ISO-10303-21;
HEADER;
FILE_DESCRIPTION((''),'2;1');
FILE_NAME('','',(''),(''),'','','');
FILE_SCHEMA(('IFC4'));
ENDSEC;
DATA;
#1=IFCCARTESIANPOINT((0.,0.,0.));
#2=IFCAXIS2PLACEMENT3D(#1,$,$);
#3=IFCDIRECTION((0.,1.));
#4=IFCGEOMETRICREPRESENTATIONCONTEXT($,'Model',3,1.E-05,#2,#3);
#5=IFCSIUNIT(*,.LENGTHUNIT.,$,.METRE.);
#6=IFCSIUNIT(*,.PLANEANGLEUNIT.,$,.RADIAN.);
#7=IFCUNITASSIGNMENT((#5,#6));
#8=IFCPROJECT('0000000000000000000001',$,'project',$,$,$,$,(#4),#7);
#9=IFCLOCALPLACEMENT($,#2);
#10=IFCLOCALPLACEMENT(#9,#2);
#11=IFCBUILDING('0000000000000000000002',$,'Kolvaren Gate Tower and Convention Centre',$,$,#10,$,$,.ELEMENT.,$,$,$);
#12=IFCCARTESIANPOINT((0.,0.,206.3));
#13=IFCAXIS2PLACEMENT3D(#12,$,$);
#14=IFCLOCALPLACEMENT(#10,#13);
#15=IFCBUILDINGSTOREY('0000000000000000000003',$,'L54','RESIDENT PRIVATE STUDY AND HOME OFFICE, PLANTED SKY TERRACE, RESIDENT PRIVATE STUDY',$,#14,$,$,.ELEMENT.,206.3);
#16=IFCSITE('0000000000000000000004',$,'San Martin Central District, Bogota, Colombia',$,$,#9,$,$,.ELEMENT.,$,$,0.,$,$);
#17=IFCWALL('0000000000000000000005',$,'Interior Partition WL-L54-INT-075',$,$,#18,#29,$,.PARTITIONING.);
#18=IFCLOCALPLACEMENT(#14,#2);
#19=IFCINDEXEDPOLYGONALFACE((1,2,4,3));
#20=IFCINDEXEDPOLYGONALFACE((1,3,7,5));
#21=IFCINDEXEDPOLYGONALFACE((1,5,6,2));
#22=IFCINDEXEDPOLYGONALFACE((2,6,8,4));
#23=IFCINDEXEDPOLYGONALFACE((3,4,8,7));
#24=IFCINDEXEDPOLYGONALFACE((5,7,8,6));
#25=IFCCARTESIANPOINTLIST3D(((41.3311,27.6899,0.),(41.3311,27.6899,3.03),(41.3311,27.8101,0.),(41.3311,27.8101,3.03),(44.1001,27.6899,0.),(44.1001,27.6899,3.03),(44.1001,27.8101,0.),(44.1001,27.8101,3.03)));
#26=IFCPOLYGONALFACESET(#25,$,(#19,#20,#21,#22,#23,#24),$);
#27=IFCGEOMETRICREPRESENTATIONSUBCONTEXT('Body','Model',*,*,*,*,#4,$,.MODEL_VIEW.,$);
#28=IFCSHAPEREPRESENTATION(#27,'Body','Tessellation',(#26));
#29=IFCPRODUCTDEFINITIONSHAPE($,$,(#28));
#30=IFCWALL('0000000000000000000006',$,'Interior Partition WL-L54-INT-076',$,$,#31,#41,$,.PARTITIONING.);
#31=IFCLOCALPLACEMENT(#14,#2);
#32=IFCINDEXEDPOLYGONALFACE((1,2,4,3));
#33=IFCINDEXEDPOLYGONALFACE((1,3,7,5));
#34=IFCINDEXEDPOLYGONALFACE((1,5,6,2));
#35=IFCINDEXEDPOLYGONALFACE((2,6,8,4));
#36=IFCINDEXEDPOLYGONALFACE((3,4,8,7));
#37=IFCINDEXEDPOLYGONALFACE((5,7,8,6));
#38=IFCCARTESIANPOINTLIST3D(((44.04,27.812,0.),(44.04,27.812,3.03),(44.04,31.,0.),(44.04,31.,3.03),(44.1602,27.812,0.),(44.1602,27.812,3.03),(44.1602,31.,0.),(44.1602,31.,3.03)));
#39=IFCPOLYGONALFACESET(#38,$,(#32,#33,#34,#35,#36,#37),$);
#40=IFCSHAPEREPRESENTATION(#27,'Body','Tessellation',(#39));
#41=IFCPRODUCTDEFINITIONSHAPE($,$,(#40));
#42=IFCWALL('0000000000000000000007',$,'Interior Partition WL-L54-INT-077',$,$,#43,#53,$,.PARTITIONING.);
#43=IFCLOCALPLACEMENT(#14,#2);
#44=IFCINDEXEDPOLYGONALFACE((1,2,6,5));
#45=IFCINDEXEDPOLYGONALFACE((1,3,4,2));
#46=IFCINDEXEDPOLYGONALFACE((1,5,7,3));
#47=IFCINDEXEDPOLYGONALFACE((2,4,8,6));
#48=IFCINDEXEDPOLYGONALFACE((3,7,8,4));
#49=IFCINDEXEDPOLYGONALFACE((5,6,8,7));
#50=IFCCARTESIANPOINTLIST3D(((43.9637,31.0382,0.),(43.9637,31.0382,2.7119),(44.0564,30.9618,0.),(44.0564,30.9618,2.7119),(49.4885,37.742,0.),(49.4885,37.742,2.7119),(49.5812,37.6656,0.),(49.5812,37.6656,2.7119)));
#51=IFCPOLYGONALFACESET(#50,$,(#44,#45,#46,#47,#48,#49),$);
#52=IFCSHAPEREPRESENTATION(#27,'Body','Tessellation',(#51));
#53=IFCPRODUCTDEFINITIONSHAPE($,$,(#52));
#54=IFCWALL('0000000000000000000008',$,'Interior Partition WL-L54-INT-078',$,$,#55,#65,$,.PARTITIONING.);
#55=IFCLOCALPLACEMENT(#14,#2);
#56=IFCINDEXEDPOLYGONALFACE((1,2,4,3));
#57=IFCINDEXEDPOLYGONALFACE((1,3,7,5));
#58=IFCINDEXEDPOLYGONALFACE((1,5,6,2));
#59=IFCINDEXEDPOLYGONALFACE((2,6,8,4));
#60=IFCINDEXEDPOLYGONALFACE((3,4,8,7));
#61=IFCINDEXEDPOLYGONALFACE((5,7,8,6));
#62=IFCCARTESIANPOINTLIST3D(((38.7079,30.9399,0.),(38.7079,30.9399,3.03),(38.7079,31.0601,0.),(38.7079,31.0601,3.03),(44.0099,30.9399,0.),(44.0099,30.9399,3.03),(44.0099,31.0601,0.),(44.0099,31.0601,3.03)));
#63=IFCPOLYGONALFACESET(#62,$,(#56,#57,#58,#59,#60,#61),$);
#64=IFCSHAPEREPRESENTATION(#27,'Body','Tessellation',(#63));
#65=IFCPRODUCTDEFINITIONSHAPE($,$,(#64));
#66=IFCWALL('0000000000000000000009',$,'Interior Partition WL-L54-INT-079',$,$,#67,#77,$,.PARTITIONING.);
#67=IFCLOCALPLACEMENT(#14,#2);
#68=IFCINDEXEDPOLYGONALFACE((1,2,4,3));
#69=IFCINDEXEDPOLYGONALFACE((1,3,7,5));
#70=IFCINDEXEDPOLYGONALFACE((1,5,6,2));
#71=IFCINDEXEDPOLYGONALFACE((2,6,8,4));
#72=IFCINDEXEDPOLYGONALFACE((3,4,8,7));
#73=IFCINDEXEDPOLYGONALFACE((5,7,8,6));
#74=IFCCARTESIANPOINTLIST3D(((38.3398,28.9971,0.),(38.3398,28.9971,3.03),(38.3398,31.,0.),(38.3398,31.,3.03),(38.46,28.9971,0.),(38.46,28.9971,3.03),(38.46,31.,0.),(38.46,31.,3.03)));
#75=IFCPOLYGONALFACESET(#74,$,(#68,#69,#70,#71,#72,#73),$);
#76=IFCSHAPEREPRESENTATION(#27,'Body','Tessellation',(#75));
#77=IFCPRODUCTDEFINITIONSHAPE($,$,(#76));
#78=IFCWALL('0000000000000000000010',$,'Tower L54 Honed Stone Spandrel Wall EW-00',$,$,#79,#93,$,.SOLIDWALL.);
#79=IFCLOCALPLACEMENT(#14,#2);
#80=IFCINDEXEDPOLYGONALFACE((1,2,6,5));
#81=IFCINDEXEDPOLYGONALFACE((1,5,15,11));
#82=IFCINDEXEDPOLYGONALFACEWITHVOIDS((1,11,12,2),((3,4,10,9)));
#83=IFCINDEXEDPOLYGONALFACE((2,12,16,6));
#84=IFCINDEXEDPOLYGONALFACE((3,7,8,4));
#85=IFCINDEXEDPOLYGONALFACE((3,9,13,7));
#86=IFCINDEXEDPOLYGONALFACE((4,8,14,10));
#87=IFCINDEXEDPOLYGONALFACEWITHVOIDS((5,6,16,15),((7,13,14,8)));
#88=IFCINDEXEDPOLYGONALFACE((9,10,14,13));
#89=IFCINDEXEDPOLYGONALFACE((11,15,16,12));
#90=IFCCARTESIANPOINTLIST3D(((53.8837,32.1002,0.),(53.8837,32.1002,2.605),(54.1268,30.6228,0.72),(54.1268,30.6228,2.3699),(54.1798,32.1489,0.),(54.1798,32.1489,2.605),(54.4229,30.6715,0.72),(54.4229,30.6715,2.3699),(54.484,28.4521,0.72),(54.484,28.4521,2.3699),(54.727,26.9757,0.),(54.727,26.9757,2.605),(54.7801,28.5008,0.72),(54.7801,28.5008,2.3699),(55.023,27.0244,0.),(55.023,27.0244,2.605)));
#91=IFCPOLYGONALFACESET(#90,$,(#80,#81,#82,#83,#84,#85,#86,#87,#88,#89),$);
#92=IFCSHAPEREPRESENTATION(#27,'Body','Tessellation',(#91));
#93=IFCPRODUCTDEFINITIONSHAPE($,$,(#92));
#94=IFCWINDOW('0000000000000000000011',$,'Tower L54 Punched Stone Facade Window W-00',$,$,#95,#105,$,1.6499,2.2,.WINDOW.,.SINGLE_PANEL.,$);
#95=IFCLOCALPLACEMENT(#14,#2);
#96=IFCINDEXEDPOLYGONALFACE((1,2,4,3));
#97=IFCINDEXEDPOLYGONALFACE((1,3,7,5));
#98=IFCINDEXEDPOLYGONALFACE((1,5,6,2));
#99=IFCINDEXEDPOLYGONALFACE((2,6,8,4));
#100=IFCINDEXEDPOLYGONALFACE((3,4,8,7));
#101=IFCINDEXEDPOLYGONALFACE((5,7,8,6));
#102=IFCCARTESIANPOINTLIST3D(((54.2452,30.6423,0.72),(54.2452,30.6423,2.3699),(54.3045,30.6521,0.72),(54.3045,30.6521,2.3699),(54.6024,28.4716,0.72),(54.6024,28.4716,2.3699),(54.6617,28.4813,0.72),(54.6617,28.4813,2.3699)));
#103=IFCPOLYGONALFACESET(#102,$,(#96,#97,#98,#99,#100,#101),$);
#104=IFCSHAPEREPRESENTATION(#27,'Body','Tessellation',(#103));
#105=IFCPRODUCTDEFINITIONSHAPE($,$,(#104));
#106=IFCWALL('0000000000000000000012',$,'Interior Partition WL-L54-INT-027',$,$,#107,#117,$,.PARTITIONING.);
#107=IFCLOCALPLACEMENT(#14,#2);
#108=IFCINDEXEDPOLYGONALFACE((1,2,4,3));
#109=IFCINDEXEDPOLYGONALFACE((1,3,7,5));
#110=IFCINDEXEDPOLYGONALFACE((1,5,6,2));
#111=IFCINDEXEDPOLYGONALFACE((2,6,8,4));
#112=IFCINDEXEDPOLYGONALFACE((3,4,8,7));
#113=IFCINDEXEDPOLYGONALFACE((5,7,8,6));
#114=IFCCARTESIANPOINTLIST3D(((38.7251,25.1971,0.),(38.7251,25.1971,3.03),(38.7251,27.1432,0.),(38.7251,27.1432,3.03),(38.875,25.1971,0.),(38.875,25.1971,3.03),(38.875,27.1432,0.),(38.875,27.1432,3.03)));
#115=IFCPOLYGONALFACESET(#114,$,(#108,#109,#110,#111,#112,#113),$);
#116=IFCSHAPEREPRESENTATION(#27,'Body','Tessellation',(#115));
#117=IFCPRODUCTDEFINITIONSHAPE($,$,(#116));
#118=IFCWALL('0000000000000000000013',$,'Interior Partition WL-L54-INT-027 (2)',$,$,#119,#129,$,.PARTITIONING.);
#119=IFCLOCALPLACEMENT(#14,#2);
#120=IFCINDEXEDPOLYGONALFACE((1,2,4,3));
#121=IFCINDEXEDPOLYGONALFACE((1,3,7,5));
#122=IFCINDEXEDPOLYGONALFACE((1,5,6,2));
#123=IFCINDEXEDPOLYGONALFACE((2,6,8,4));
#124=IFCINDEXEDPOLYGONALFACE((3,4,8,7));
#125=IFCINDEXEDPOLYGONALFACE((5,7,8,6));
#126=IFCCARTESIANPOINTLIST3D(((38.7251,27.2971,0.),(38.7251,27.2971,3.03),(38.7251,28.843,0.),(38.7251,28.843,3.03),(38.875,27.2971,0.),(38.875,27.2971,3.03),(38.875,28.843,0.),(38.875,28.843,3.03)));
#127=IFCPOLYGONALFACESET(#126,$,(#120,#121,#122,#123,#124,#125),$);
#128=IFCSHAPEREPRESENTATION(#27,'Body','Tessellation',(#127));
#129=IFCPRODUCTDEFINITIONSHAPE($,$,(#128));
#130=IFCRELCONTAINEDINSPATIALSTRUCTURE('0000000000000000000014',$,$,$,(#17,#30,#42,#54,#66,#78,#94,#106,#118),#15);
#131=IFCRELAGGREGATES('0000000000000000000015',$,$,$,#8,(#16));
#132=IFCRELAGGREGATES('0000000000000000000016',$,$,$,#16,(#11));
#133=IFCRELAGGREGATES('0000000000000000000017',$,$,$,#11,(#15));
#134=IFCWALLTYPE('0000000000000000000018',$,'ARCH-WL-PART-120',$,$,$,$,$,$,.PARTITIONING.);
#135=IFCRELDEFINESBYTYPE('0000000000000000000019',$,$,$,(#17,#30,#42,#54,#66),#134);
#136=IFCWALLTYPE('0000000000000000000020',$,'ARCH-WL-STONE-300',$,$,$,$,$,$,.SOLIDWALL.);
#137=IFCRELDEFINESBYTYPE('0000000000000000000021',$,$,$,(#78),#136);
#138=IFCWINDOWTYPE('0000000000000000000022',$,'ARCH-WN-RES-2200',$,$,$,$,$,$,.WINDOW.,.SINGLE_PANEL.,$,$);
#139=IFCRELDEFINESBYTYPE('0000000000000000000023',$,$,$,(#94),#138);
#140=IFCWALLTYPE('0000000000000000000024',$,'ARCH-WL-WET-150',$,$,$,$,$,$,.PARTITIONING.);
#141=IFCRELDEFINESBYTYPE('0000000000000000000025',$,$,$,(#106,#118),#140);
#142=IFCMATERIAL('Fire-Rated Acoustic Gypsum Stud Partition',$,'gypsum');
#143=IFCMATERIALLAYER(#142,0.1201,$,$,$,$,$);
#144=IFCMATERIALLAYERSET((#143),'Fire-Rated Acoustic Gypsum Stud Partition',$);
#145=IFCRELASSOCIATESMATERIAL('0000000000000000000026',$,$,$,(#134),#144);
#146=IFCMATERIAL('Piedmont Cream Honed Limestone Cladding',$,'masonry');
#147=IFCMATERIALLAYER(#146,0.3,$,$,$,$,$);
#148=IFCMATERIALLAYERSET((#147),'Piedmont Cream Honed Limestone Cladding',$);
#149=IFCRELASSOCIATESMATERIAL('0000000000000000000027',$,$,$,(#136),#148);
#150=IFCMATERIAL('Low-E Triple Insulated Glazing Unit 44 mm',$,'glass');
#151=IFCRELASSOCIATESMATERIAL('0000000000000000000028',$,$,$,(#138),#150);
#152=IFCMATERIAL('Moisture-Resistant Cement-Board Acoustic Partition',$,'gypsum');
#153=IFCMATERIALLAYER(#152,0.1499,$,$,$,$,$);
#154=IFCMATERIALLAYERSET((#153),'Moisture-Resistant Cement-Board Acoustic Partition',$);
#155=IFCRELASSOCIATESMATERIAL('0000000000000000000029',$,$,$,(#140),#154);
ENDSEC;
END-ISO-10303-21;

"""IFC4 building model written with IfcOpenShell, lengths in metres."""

from ifc_helpers import new_model, si_unit, direction, frame, frame_2d, origin, place, context, subcontext, project, spatial, rectangle, extrude, material, layer, layer_set, type_object, element, fill, save


model = new_model("IFC4")

# Units and contexts
model_context = context("Model", 3, precision=1e-05, world=origin(), true_north=direction((0.0, 1.0)))
body_context = subcontext(model_context, "Body", "Model", "MODEL_VIEW")
ifc_project = project(units=[si_unit("LENGTHUNIT", "METRE"), si_unit("PLANEANGLEUNIT", "RADIAN")], contexts=[model_context])

# Site, building, storey
site_placement = place(None, origin())
site = spatial("IfcSite", under=ifc_project, at=site_placement, Name="San Martin Central District, Bogota, Colombia", CompositionType="ELEMENT", RefElevation=0.0)
building_placement = place(site_placement, origin())
building = spatial("IfcBuilding", under=site, at=building_placement, Name="Kolvaren Gate Tower and Convention Centre", CompositionType="ELEMENT")
storey_placement = place(building_placement, frame((0.0, 0.0, 206.3)))
storey = spatial("IfcBuildingStorey", under=building, at=storey_placement, Name="L54", Description="RESIDENT PRIVATE STUDY AND HOME OFFICE, PLANTED SKY TERRACE, RESIDENT PRIVATE STUDY", CompositionType="ELEMENT", Elevation=206.3)

# Walls
ifc_material_1 = material(Name="Fire-Rated Acoustic Gypsum Stud Partition", Category="gypsum")
ifc_layer_1 = layer(ifc_material_1, 0.1201)
ifc_layer_set_1 = layer_set([ifc_layer_1], Name="Fire-Rated Acoustic Gypsum Stud Partition")
wall_type_1 = type_object("IfcWallType", Name="ARCH-WL-PART-120", PredefinedType="PARTITIONING", material=ifc_layer_set_1)
wall_1_placement = place(storey_placement, frame((41.3311, 27.75, 0.0), z_axis=(0.0, 0.0, 1.0), x_axis=(1.0, 0.0, 0.0)))
element("IfcWall", 1, at=wall_1_placement, inside=storey, type_object=wall_type_1, Name="Interior Partition WL-L54-INT-075", PredefinedType="PARTITIONING", context=body_context, shape_type="SweptSolid", body=[
    extrude(rectangle(XDim=2.769, YDim=0.1201, at=frame_2d((1.3845, 0.0))), origin(), (0.0, 0.0, 1.0), 3.03),
])
wall_2_placement = place(storey_placement, frame((44.1001, 27.812, 0.0), z_axis=(0.0, 0.0, 1.0), x_axis=(0.0, 1.0, 0.0)))
element("IfcWall", 2, at=wall_2_placement, inside=storey, type_object=wall_type_1, Name="Interior Partition WL-L54-INT-076", PredefinedType="PARTITIONING", context=body_context, shape_type="SweptSolid", body=[
    extrude(rectangle(XDim=3.188, YDim=0.1201, at=frame_2d((1.594, 0.0))), origin(), (0.0, 0.0, 1.0), 3.03),
])
wall_3_placement = place(storey_placement, frame((44.01, 31.0, 0.0), z_axis=(0.0, 0.0, 1.0), x_axis=(0.635987, 0.7717, 0.0)))
element("IfcWall", 3, at=wall_3_placement, inside=storey, type_object=wall_type_1, Name="Interior Partition WL-L54-INT-077", PredefinedType="PARTITIONING", context=body_context, shape_type="SweptSolid", body=[
    extrude(rectangle(XDim=8.687, YDim=0.1201, at=frame_2d((4.3435, 0.0))), origin(), (0.0, 0.0, 1.0), 2.7119),
])
wall_4_placement = place(storey_placement, frame((38.708, 31.0, 0.0), z_axis=(0.0, 0.0, 1.0), x_axis=(1.0, 0.0, 0.0)))
element("IfcWall", 4, at=wall_4_placement, inside=storey, type_object=wall_type_1, Name="Interior Partition WL-L54-INT-078", PredefinedType="PARTITIONING", context=body_context, shape_type="SweptSolid", body=[
    extrude(rectangle(XDim=5.302, YDim=0.1201, at=frame_2d((2.6509, 0.0))), origin(), (0.0, 0.0, 1.0), 3.03),
])
wall_5_placement = place(storey_placement, frame((38.3999, 28.9971, 0.0), z_axis=(0.0, 0.0, 1.0), x_axis=(0.0, 1.0, 0.0)))
element("IfcWall", 5, at=wall_5_placement, inside=storey, type_object=wall_type_1, Name="Interior Partition WL-L54-INT-079", PredefinedType="PARTITIONING", context=body_context, shape_type="SweptSolid", body=[
    extrude(rectangle(XDim=2.0029, YDim=0.1201, at=frame_2d((1.0015, 0.0))), origin(), (0.0, 0.0, 1.0), 3.03),
])

# Wall, opening, window
ifc_material_2 = material(Name="Piedmont Cream Honed Limestone Cladding", Category="masonry")
ifc_layer_2 = layer(ifc_material_2, 0.3)
ifc_layer_set_2 = layer_set([ifc_layer_2], Name="Piedmont Cream Honed Limestone Cladding")
wall_type_2 = type_object("IfcWallType", Name="ARCH-WL-STONE-300", PredefinedType="SOLIDWALL", material=ifc_layer_set_2)
wall_6_placement = place(storey_placement, frame((54.0317, 32.1245, 0.0), z_axis=(0.0, 0.0, 1.0), x_axis=(0.162371, -0.98673, 0.0)))
wall_6 = element("IfcWall", 6, at=wall_6_placement, inside=storey, type_object=wall_type_2, Name="Tower L54 Honed Stone Spandrel Wall EW-00", PredefinedType="SOLIDWALL", context=body_context, shape_type="SweptSolid", body=[
    extrude(rectangle(XDim=5.1934, YDim=0.3, at=frame_2d((2.5967, 0.0))), origin(), (0.0, 0.0, 1.0), 2.605),
])
opening_placement = place(wall_6_placement, frame((1.4971, 0.0, 0.72)))
opening = element("IfcOpeningElement", 7, at=opening_placement, cuts=wall_6, PredefinedType="OPENING", context=body_context, shape_type="SweptSolid", body=[
    extrude(rectangle(XDim=2.2, YDim=1.6499, at=frame_2d((1.1001, 0.825))), frame((0.0, 0.1599, 0.0), z_axis=(0.0, -1.0, 0.0), x_axis=(1.0, 0.0, 0.0)), (0.0, 0.0, 1.0), 0.3201),
])
ifc_material_3 = material(Name="Low-E Triple Insulated Glazing Unit 44 mm", Category="glass")
window_type = type_object("IfcWindowType", Name="ARCH-WN-RES-2200", PartitioningType="SINGLE_PANEL", PredefinedType="WINDOW", material=ifc_material_3)
window_placement = place(opening_placement, origin())
window = element("IfcWindow", 8, at=window_placement, inside=storey, type_object=window_type, Name="Tower L54 Punched Stone Facade Window W-00", OverallHeight=1.6499, OverallWidth=2.2, PartitioningType="SINGLE_PANEL", PredefinedType="WINDOW", context=body_context, shape_type="SweptSolid", body=[
    extrude(rectangle(XDim=2.2, YDim=1.6499, at=frame_2d((1.1001, 0.825))), frame((0.0, 0.03, 0.0), z_axis=(0.0, -1.0, 0.0), x_axis=(1.0, 0.0, 0.0)), (0.0, 0.0, 1.0), 0.0601),
])
fill(opening, window)

# Walls
ifc_material_4 = material(Name="Moisture-Resistant Cement-Board Acoustic Partition", Category="gypsum")
ifc_layer_3 = layer(ifc_material_4, 0.1499)
ifc_layer_set_3 = layer_set([ifc_layer_3], Name="Moisture-Resistant Cement-Board Acoustic Partition")
wall_type_3 = type_object("IfcWallType", Name="ARCH-WL-WET-150", PredefinedType="PARTITIONING", material=ifc_layer_set_3)
wall_7_placement = place(storey_placement, frame((38.8, 25.197, 0.0), z_axis=(0.0, 0.0, 1.0), x_axis=(0.0, 1.0, 0.0)))
element("IfcWall", 9, at=wall_7_placement, inside=storey, type_object=wall_type_3, Name="Interior Partition WL-L54-INT-027", PredefinedType="PARTITIONING", context=body_context, shape_type="SweptSolid", body=[
    extrude(rectangle(XDim=1.946, YDim=0.1499, at=frame_2d((0.9731, 0.0))), origin(), (0.0, 0.0, 1.0), 3.03),
])
wall_8_placement = place(storey_placement, frame((38.8, 27.2971, 0.0), z_axis=(0.0, 0.0, 1.0), x_axis=(0.0, 1.0, 0.0)))
element("IfcWall", 10, at=wall_8_placement, inside=storey, type_object=wall_type_3, Name="Interior Partition WL-L54-INT-027 (2)", PredefinedType="PARTITIONING", context=body_context, shape_type="SweptSolid", body=[
    extrude(rectangle(XDim=1.5459, YDim=0.1499, at=frame_2d((0.7729, 0.0))), origin(), (0.0, 0.0, 1.0), 3.03),
])

save(model, "model.ifc")
